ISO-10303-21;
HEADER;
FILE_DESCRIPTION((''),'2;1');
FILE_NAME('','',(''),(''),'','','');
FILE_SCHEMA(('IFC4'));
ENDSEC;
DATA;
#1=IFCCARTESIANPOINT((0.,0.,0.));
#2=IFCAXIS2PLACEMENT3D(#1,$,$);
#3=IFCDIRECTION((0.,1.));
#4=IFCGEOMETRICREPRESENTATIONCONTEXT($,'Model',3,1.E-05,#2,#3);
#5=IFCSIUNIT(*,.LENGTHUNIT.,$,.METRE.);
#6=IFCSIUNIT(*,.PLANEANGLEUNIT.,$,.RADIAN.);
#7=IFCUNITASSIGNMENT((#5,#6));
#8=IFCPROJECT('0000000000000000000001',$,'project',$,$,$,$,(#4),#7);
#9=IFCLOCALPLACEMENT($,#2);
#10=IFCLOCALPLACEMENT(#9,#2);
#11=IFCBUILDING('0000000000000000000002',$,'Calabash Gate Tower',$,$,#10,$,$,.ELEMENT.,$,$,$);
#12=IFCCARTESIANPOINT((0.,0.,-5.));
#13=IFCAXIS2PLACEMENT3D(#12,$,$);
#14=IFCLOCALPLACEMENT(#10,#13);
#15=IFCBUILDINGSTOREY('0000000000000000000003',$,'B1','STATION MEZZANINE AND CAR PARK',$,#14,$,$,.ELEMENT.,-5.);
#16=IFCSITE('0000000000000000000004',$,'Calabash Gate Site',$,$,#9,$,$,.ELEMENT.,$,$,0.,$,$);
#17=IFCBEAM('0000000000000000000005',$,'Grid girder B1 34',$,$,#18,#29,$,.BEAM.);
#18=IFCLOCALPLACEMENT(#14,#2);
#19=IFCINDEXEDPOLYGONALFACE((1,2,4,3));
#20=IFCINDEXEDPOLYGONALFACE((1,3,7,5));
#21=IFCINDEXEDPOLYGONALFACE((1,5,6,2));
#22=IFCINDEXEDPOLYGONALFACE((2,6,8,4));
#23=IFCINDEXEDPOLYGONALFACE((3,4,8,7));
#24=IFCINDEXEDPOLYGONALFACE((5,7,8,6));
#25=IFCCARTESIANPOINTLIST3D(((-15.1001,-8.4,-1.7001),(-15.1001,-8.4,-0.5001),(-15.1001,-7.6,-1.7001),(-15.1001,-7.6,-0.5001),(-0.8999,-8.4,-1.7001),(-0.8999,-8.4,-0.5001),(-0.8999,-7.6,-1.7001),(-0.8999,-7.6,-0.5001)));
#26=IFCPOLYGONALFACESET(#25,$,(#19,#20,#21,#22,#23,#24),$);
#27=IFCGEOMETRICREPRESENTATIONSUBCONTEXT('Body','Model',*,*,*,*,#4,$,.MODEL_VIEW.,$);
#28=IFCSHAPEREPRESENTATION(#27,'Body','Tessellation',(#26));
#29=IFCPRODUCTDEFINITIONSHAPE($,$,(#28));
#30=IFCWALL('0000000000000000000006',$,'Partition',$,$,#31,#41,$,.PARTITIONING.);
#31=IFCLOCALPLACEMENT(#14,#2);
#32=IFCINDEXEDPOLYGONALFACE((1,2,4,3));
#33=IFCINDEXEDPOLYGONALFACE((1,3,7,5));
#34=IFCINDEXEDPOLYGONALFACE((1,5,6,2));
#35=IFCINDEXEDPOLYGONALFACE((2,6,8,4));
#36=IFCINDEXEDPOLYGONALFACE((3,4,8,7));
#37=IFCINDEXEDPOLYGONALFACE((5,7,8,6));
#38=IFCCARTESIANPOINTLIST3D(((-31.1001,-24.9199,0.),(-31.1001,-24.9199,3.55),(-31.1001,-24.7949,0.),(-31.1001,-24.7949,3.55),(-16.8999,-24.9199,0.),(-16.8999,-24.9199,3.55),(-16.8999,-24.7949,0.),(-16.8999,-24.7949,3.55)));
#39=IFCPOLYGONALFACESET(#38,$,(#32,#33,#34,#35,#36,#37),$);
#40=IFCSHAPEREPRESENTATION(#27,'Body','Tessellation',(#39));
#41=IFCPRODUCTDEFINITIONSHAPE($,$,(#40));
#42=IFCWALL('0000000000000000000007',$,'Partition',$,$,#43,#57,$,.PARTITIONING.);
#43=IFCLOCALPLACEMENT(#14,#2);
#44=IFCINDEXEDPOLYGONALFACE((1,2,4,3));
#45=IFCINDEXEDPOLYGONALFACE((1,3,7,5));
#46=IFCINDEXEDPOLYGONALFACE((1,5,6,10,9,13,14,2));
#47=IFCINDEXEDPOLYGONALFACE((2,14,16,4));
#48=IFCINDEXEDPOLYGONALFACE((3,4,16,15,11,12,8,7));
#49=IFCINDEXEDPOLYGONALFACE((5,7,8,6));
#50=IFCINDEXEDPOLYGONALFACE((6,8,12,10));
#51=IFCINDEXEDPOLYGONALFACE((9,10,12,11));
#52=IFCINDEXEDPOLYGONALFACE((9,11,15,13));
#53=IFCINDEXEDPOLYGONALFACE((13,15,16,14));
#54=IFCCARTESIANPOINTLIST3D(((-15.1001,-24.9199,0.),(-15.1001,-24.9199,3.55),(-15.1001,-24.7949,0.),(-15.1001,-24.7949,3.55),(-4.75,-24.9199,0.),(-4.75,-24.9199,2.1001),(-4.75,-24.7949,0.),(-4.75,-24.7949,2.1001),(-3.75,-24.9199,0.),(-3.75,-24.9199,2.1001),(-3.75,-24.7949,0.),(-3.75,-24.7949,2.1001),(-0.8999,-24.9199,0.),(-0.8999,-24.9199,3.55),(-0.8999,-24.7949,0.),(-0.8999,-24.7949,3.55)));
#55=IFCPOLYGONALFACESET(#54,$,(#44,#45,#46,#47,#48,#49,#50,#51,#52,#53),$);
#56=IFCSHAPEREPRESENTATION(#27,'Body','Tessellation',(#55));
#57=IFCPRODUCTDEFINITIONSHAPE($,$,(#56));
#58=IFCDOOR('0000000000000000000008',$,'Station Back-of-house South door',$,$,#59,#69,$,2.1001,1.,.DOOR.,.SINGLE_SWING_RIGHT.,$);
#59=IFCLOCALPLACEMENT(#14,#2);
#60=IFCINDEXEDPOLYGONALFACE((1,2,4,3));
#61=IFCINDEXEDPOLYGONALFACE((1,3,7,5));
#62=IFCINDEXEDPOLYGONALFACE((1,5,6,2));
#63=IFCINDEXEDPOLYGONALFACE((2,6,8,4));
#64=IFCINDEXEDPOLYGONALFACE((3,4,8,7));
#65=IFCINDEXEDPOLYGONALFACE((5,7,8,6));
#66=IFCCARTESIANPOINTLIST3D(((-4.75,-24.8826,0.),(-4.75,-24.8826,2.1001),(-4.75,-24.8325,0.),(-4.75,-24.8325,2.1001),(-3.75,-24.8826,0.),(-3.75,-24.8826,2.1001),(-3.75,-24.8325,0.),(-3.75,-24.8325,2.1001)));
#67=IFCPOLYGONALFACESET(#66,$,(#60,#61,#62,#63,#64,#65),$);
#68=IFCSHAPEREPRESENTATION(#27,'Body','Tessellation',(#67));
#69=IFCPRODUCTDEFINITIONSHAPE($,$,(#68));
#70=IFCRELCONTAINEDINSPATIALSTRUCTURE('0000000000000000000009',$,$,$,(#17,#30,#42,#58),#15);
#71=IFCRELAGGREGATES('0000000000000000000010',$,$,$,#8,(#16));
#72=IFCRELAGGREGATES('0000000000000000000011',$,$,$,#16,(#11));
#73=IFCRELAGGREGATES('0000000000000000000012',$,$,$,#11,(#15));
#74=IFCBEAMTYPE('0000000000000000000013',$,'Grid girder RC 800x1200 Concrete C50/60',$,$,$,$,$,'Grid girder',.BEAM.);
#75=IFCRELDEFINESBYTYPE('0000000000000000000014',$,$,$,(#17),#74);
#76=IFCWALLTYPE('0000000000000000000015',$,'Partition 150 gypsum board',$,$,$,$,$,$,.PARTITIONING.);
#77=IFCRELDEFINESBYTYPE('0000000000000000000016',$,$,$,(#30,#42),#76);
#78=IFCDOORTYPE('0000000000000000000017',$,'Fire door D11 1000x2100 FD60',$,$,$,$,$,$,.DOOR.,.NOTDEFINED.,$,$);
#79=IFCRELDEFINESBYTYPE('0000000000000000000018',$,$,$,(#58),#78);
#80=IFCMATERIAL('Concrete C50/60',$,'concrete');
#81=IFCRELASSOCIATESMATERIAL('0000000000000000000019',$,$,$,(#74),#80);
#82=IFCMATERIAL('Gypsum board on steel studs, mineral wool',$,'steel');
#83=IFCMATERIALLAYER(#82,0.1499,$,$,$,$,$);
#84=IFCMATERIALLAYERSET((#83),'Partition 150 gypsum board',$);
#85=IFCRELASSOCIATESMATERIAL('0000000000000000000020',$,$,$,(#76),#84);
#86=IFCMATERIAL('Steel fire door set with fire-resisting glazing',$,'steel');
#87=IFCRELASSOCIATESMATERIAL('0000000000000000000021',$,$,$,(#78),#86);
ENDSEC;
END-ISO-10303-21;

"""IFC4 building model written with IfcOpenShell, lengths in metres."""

from ifc_helpers import new_model, si_unit, direction, frame, frame_2d, origin, origin_2d, place, context, subcontext, project, spatial, rectangle, extrude, material, layer, layer_set, material_profile, profile_set, type_object, element, fill, save


model = new_model("IFC4")

# Units and contexts
model_context = context("Model", 3, precision=1e-05, world=origin(), true_north=direction((0.0, 1.0)))
body_context = subcontext(model_context, "Body", "Model", "MODEL_VIEW")
ifc_project = project(units=[si_unit("LENGTHUNIT", "METRE"), si_unit("PLANEANGLEUNIT", "RADIAN")], contexts=[model_context])

# Site, building, storey
site_placement = place(None, origin())
site = spatial("IfcSite", under=ifc_project, at=site_placement, Name="Calabash Gate Site", CompositionType="ELEMENT", RefElevation=0.0)
building_placement = place(site_placement, origin())
building = spatial("IfcBuilding", under=site, at=building_placement, Name="Calabash Gate Tower", CompositionType="ELEMENT")
storey_placement = place(building_placement, frame((0.0, 0.0, -5.0)))
storey = spatial("IfcBuildingStorey", under=building, at=storey_placement, Name="B1", Description="STATION MEZZANINE AND CAR PARK", CompositionType="ELEMENT", Elevation=-5.0)

# Beam
ifc_material_1 = material(Name="Concrete C50/60", Category="concrete")
ifc_material_profile_1 = material_profile(ifc_material_1, rectangle(XDim=0.8, YDim=1.2, at=origin_2d()))
ifc_profile_set_1 = profile_set([ifc_material_profile_1], Name="Concrete C50/60")
beam_type_1 = type_object("IfcBeamType", Name="Grid girder RC 800x1200 Concrete C50/60", ElementType="Grid girder", PredefinedType="BEAM", material=ifc_profile_set_1)
for number, where, z_axis, x_axis, name in (
    (1, (-15.1001, -8.0, -1.1001), (1.0, 0.0, 0.0), (0.0, 1.0, 0.0), "Grid girder B1 34"),
):
    element("IfcBeam", number, at=place(storey_placement, frame(where, z_axis=z_axis, x_axis=x_axis)), inside=storey, type_object=beam_type_1, Name=name, PredefinedType="BEAM", context=body_context, shape_type="SweptSolid", body=[
        extrude(rectangle(XDim=0.8, YDim=1.2, at=origin_2d()), origin(), (0.0, 0.0, 1.0), 14.2002),
    ])

# Wall
ifc_material_2 = material(Name="Gypsum board on steel studs, mineral wool", Category="steel")
ifc_layer = layer(ifc_material_2, 0.1499)
ifc_layer_set = layer_set([ifc_layer], Name="Partition 150 gypsum board")
wall_type = type_object("IfcWallType", Name="Partition 150 gypsum board", PredefinedType="PARTITIONING", material=ifc_layer_set)
wall_1_placement = place(storey_placement, frame((-31.1001, -24.8574, 0.0), z_axis=(0.0, 0.0, 1.0), x_axis=(1.0, 0.0, 0.0)))
element("IfcWall", 2, at=wall_1_placement, inside=storey, type_object=wall_type, Name="Partition", PredefinedType="PARTITIONING", context=body_context, shape_type="SweptSolid", body=[
    extrude(rectangle(XDim=14.2002, YDim=0.125, at=frame_2d((7.1001, 0.0))), origin(), (0.0, 0.0, 1.0), 3.55),
])

# Wall, opening, door
wall_2_placement = place(storey_placement, frame((-15.1001, -24.8574, 0.0), z_axis=(0.0, 0.0, 1.0), x_axis=(1.0, 0.0, 0.0)))
wall_2 = element("IfcWall", 3, at=wall_2_placement, inside=storey, type_object=wall_type, Name="Partition", PredefinedType="PARTITIONING", context=body_context, shape_type="SweptSolid", body=[
    extrude(rectangle(XDim=14.2002, YDim=0.125, at=frame_2d((7.1001, 0.0))), origin(), (0.0, 0.0, 1.0), 3.55),
])
opening_placement = place(wall_2_placement, frame((10.3501, 0.0, 0.0)))
opening = element("IfcOpeningElement", 4, at=opening_placement, cuts=wall_2, PredefinedType="OPENING", context=body_context, shape_type="SweptSolid", body=[
    extrude(rectangle(XDim=1.0, YDim=2.1001, at=frame_2d((0.5, 1.05))), frame((0.0, 0.0725, 0.0), z_axis=(0.0, -1.0, 0.0), x_axis=(1.0, 0.0, 0.0)), (0.0, 0.0, 1.0), 0.145),
])
ifc_material_3 = material(Name="Steel fire door set with fire-resisting glazing", Category="steel")
door_type = type_object("IfcDoorType", Name="Fire door D11 1000x2100 FD60", OperationType="NOTDEFINED", PredefinedType="DOOR", material=ifc_material_3)
door_placement = place(opening_placement, origin())
door = element("IfcDoor", 5, at=door_placement, inside=storey, type_object=door_type, Name="Station Back-of-house South door", OperationType="SINGLE_SWING_RIGHT", OverallHeight=2.1001, OverallWidth=1.0, PredefinedType="DOOR", context=body_context, shape_type="SweptSolid", body=[
    extrude(rectangle(XDim=1.0, YDim=2.1001, at=frame_2d((0.5, 1.05))), frame((0.0, 0.0249, 0.0), z_axis=(0.0, -1.0, 0.0), x_axis=(1.0, 0.0, 0.0)), (0.0, 0.0, 1.0), 0.05),
])
fill(opening, door)

save(model, "model.ifc")
